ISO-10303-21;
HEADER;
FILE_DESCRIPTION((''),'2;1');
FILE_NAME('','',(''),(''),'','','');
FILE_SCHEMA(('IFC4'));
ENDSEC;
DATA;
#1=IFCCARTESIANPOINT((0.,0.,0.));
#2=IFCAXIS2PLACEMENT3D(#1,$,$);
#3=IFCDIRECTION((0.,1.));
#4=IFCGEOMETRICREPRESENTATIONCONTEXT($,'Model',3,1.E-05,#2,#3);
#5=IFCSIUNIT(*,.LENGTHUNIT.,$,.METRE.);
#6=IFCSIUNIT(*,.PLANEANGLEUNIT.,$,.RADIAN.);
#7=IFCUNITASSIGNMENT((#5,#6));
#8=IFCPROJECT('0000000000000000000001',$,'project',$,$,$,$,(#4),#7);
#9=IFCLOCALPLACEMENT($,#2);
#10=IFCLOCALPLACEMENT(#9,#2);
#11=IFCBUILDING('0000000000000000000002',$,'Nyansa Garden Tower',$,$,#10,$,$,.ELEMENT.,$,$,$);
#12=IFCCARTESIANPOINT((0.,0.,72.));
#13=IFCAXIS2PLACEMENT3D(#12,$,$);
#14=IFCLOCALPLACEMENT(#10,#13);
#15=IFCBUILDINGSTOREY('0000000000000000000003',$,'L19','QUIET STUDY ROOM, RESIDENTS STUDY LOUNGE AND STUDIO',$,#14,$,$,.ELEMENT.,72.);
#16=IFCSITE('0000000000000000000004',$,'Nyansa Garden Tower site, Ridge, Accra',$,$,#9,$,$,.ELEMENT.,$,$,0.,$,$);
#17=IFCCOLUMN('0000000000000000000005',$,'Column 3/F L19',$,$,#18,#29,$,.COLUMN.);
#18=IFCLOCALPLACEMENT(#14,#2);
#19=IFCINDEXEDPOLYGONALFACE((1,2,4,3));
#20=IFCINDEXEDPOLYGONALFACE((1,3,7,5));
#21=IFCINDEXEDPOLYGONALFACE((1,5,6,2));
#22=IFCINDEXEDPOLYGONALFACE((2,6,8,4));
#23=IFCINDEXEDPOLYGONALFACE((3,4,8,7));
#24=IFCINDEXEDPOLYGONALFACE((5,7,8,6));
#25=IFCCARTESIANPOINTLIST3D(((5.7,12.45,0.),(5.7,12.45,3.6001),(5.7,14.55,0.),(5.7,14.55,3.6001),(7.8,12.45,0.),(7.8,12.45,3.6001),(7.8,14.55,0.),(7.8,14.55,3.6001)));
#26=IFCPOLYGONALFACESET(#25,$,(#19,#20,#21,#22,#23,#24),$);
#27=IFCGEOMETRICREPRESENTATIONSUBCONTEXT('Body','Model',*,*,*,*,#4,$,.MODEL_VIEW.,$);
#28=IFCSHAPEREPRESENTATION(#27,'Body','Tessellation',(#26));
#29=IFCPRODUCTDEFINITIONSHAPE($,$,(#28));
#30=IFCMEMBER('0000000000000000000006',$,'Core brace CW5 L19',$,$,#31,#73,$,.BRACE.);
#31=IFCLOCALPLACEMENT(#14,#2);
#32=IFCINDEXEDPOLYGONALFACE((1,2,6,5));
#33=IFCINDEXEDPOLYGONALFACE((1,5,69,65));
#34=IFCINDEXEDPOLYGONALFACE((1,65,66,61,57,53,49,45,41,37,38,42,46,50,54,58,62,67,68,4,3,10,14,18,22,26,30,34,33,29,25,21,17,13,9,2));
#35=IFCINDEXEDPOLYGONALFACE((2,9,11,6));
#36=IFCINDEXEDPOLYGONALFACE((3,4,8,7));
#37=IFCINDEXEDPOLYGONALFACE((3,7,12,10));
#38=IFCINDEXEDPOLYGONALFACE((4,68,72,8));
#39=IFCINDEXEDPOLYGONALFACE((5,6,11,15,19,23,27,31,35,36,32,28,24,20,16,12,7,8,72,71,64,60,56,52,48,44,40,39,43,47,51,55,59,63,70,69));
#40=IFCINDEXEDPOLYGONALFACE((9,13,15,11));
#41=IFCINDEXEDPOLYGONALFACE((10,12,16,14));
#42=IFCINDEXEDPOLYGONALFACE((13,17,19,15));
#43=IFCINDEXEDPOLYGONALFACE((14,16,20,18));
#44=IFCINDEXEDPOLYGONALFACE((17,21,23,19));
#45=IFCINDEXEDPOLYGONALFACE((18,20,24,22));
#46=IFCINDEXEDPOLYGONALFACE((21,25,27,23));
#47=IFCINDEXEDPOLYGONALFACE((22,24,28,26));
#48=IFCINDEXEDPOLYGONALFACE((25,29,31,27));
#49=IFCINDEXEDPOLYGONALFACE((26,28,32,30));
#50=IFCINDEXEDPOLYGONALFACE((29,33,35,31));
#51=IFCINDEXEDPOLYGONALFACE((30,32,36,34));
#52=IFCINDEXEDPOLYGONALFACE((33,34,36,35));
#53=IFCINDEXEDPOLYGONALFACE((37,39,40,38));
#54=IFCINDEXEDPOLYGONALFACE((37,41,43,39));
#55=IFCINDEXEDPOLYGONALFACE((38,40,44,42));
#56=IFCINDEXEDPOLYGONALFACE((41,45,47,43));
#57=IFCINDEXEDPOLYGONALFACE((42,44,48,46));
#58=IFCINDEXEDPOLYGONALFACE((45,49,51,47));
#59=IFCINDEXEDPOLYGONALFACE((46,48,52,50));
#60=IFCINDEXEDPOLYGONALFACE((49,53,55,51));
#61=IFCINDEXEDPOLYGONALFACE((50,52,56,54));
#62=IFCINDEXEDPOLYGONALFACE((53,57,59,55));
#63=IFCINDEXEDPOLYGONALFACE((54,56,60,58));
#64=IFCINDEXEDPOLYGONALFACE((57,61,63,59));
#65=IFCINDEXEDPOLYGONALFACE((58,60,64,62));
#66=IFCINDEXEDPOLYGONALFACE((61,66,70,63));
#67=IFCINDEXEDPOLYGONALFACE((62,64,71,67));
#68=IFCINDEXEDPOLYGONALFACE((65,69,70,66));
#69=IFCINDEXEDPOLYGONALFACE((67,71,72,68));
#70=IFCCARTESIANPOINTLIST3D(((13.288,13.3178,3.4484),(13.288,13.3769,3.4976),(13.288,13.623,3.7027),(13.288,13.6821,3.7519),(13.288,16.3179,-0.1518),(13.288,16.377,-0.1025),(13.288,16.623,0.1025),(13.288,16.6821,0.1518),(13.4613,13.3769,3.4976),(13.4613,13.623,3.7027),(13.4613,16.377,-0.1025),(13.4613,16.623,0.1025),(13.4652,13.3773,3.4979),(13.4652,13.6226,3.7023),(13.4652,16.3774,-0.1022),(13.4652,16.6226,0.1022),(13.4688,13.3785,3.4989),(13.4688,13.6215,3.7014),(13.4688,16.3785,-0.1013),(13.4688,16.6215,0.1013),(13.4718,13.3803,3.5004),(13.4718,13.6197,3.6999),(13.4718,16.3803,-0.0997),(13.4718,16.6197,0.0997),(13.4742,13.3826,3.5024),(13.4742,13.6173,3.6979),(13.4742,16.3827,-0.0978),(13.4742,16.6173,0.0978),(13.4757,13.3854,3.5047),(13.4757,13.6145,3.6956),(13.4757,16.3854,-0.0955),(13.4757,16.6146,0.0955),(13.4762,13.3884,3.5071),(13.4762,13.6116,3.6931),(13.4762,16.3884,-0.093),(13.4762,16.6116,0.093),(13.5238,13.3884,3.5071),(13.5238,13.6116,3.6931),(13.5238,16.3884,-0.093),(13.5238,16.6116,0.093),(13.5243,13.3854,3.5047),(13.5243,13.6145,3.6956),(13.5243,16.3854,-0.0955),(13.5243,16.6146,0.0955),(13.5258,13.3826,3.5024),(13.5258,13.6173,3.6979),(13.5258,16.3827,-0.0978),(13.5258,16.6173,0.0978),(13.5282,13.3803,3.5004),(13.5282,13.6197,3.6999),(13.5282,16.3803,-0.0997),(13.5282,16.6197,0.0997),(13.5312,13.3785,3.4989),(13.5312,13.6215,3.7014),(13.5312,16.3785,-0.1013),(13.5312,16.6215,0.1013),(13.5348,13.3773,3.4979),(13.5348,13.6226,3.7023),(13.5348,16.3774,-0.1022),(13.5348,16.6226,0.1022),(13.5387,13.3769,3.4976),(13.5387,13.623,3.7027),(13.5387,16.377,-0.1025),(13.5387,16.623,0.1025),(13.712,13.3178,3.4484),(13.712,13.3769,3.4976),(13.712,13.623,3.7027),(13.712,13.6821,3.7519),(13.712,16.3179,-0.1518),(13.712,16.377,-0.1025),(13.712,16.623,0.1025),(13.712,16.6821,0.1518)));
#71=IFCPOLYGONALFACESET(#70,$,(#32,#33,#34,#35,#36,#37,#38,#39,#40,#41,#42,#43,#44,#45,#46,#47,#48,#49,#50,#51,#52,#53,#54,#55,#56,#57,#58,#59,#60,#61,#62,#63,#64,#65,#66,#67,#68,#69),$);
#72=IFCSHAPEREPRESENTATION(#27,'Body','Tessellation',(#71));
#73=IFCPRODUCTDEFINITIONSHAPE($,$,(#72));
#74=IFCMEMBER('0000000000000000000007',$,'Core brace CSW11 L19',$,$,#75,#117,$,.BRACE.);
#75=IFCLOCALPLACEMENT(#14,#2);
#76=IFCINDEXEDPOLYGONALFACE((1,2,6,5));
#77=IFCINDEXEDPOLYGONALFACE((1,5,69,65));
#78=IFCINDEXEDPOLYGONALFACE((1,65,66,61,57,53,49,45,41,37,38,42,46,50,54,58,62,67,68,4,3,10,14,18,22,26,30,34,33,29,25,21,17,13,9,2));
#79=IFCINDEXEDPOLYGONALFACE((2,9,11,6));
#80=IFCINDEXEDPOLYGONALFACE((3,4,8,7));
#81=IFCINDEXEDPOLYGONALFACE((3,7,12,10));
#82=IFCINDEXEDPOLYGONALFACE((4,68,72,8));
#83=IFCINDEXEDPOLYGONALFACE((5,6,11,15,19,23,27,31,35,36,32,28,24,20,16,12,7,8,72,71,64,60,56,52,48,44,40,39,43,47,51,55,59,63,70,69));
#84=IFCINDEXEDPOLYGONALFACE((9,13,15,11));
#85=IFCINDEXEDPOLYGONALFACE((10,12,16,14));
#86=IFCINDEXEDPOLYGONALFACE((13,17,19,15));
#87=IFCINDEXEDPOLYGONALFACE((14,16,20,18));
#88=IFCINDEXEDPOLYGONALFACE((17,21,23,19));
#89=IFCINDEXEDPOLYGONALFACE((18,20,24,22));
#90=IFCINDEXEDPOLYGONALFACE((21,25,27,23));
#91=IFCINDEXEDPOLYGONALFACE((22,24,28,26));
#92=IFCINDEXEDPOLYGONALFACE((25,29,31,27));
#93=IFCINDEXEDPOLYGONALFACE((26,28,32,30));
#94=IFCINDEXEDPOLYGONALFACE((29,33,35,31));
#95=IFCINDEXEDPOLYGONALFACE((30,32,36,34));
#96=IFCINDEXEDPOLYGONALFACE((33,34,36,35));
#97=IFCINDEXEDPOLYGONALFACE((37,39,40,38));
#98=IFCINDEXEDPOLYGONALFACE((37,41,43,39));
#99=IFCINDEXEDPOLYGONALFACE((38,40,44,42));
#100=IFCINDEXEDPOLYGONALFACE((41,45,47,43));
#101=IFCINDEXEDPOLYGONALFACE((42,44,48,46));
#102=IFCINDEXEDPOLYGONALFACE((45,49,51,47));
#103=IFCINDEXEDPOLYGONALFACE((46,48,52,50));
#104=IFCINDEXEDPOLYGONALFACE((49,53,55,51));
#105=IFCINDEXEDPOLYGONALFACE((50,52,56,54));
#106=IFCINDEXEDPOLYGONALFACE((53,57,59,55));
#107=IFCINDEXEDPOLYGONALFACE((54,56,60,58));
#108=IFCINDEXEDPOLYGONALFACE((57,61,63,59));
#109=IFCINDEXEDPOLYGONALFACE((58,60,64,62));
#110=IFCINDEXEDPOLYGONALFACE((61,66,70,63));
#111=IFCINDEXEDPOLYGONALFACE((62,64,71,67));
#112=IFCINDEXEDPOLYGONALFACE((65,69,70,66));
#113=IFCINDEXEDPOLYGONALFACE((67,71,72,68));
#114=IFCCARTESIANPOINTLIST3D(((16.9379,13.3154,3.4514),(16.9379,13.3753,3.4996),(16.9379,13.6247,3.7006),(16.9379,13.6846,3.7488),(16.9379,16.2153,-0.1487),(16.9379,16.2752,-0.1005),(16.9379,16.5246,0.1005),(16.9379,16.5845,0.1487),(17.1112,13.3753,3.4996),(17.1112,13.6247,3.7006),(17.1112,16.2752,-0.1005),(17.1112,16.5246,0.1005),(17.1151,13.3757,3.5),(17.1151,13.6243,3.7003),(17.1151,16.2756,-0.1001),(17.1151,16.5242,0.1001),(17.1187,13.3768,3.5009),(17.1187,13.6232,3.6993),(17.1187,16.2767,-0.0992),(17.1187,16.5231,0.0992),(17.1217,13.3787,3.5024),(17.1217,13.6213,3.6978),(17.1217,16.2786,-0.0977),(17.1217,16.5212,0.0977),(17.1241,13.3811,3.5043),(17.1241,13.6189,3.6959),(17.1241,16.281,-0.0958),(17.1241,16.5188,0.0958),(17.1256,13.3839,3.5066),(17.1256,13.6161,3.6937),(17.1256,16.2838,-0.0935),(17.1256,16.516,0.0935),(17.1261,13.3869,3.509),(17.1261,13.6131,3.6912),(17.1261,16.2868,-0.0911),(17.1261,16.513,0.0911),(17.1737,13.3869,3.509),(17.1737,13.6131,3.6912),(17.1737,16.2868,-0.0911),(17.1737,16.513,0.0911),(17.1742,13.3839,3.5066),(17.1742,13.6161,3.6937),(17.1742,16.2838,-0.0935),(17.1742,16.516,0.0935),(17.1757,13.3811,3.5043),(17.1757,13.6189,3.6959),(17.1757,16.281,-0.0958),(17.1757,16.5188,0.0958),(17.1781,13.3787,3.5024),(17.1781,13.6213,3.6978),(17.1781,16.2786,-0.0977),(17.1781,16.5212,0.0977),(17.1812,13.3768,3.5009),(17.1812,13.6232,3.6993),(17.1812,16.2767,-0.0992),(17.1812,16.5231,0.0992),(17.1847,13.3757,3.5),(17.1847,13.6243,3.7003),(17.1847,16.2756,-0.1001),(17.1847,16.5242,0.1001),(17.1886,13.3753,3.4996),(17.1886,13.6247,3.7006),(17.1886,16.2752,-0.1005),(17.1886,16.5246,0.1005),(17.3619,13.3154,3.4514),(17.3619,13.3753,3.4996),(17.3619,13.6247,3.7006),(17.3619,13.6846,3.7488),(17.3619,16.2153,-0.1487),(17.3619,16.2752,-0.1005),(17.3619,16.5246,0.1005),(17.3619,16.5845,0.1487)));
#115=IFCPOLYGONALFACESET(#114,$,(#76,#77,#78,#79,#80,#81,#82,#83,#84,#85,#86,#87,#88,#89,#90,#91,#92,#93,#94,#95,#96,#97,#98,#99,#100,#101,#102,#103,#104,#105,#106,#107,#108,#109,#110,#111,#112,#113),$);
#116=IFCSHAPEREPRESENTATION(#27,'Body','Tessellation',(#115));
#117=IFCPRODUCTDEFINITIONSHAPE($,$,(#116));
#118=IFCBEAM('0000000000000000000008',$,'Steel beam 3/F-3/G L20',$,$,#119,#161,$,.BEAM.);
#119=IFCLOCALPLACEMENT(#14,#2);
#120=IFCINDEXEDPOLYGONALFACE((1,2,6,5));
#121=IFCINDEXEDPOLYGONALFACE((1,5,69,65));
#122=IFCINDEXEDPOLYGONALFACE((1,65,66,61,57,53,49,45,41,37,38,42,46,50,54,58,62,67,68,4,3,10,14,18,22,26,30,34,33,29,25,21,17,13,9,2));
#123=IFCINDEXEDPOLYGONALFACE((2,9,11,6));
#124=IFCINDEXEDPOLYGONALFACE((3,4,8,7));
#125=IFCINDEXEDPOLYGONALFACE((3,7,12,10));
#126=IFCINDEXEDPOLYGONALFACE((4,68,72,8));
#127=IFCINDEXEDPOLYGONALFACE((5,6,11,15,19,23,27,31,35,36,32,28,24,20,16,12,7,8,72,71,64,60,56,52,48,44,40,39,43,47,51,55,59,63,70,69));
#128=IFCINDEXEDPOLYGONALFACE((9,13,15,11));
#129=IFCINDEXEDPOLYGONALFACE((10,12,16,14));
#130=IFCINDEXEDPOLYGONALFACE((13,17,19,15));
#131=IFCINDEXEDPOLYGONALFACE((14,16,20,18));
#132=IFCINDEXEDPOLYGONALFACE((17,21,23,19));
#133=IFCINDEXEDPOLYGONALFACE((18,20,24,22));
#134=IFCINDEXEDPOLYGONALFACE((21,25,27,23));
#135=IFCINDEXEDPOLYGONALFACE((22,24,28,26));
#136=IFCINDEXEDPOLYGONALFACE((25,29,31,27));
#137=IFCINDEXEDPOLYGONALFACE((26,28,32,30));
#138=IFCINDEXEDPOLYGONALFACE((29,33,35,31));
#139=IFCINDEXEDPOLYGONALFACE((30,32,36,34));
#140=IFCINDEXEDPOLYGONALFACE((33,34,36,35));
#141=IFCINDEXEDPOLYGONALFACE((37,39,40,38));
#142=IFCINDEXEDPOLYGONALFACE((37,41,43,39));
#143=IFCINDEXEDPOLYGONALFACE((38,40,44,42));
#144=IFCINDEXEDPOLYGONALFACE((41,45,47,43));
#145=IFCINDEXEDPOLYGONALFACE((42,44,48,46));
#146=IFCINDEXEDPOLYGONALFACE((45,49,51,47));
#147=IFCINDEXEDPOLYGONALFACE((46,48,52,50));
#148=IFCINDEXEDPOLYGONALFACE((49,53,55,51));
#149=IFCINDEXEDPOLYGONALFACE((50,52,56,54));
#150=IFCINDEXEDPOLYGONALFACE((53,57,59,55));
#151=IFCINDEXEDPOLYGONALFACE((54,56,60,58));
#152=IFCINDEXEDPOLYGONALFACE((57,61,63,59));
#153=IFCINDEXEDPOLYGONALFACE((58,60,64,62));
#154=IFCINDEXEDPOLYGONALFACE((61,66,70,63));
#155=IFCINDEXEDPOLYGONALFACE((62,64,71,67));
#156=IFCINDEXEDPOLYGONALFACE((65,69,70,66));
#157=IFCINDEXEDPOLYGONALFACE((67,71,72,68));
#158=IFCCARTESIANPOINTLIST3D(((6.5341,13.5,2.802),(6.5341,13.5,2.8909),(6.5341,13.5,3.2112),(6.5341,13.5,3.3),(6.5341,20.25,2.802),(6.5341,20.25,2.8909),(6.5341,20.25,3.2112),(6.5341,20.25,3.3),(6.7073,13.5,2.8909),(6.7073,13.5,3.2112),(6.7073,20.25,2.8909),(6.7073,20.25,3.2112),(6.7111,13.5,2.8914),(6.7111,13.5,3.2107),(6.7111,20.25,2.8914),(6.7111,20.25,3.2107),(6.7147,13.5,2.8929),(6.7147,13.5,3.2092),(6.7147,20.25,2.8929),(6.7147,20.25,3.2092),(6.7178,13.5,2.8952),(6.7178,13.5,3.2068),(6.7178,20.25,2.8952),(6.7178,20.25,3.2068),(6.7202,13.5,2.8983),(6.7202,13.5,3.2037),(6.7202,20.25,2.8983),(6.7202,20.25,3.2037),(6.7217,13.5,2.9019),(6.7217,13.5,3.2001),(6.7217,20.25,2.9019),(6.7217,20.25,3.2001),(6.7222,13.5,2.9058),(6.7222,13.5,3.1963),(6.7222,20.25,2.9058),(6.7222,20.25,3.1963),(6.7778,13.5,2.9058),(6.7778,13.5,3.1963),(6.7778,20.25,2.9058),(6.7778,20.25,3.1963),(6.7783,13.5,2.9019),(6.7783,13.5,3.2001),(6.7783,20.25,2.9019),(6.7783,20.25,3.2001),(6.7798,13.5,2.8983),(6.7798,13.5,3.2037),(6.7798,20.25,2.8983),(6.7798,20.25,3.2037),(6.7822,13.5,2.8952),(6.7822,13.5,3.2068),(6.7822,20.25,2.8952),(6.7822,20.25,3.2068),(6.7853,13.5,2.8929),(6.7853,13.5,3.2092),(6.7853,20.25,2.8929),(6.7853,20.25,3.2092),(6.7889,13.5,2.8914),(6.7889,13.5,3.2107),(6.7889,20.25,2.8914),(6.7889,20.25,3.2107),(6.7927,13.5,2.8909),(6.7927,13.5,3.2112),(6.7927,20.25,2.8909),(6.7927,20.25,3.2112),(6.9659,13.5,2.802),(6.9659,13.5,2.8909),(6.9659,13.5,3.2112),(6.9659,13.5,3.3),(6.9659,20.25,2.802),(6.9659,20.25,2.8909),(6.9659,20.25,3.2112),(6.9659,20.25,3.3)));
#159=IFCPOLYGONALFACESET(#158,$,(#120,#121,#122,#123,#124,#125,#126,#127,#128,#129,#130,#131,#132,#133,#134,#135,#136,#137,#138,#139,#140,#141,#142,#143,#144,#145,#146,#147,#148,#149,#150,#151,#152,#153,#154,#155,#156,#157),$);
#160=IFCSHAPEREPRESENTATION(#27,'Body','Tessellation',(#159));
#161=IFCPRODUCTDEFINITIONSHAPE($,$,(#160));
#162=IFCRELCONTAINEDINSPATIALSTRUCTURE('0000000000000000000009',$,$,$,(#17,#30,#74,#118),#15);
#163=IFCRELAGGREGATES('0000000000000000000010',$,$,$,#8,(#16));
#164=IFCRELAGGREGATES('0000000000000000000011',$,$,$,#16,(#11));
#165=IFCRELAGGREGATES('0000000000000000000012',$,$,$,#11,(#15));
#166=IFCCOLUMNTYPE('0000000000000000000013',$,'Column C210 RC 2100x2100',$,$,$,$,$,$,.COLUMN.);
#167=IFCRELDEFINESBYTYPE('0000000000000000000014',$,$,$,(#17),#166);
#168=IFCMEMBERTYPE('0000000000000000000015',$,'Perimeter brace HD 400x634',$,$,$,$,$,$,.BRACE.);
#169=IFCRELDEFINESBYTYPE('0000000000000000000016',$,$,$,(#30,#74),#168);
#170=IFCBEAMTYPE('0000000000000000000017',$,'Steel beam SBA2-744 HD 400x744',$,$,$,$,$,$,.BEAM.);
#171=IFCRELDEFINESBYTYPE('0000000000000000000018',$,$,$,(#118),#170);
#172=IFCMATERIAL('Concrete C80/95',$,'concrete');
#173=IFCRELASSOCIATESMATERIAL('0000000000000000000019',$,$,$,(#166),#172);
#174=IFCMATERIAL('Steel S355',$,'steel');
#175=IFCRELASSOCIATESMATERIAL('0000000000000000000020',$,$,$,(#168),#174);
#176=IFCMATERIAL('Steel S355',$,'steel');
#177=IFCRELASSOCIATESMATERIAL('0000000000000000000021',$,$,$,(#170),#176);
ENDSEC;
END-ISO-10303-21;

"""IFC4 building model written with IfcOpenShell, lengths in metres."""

from ifc_helpers import new_model, si_unit, direction, frame, origin, origin_2d, place, context, subcontext, project, spatial, rectangle, i_section, extrude, material, material_profile, profile_set, type_object, element, save


model = new_model("IFC4")

# Units and contexts
model_context = context("Model", 3, precision=1e-05, world=origin(), true_north=direction((0.0, 1.0)))
body_context = subcontext(model_context, "Body", "Model", "MODEL_VIEW")
ifc_project = project(units=[si_unit("LENGTHUNIT", "METRE"), si_unit("PLANEANGLEUNIT", "RADIAN")], contexts=[model_context])

# Site, building, storey
site_placement = place(None, origin())
site = spatial("IfcSite", under=ifc_project, at=site_placement, Name="Nyansa Garden Tower site, Ridge, Accra", CompositionType="ELEMENT", RefElevation=0.0)
building_placement = place(site_placement, origin())
building = spatial("IfcBuilding", under=site, at=building_placement, Name="Nyansa Garden Tower", CompositionType="ELEMENT")
storey_placement = place(building_placement, frame((0.0, 0.0, 72.0)))
storey = spatial("IfcBuildingStorey", under=building, at=storey_placement, Name="L19", Description="QUIET STUDY ROOM, RESIDENTS STUDY LOUNGE AND STUDIO", CompositionType="ELEMENT", Elevation=72.0)

# Column
ifc_material_1 = material(Name="Concrete C80/95", Category="concrete")
ifc_material_profile_1 = material_profile(ifc_material_1, rectangle(XDim=2.1001, YDim=2.1001, at=origin_2d()), Name="RC 2100x2100")
ifc_profile_set_1 = profile_set([ifc_material_profile_1], Name="Concrete C80/95")
column_type = type_object("IfcColumnType", Name="Column C210 RC 2100x2100", PredefinedType="COLUMN", material=ifc_profile_set_1)
column_placement = place(storey_placement, frame((6.75, 13.5, 0.0), z_axis=(0.0, 0.0, 1.0), x_axis=(1.0, 0.0, 0.0)))
element("IfcColumn", 1, at=column_placement, inside=storey, type_object=column_type, Name="Column 3/F L19", PredefinedType="COLUMN", context=body_context, shape_type="SweptSolid", body=[
    extrude(rectangle(XDim=2.1001, YDim=2.1001, at=origin_2d()), origin(), (0.0, 0.0, 1.0), 3.6001),
])

# Members
ifc_material_2 = material(Name="Steel S355", Category="steel")
ifc_material_profile_2 = material_profile(ifc_material_2, i_section(OverallWidth=0.4241, OverallDepth=0.4741, WebThickness=0.0476, FlangeThickness=0.0769, FilletRadius=0.0149, at=origin_2d()), Name="HD 400x634")
ifc_profile_set_2 = profile_set([ifc_material_profile_2], Name="Steel S355")
member_type = type_object("IfcMemberType", Name="Perimeter brace HD 400x634", PredefinedType="BRACE", material=ifc_profile_set_2)
member_1_placement = place(storey_placement, frame((13.5, 16.5, 0.0), z_axis=(0.0, -0.640174, 0.76823), x_axis=(1.0, 0.0, 0.0)))
element("IfcMember", 2, at=member_1_placement, inside=storey, type_object=member_type, Name="Core brace CW5 L19", PredefinedType="BRACE", context=body_context, shape_type="SweptSolid", body=[
    extrude(i_section(OverallWidth=0.4241, OverallDepth=0.4741, WebThickness=0.0476, FlangeThickness=0.0769, FilletRadius=0.0149, at=origin_2d()), origin(), (0.0, 0.0, 1.0), 4.6863),
])
member_2_placement = place(storey_placement, frame((17.1499, 16.3999, 0.0), z_axis=(0.0, -0.627306, 0.778773), x_axis=(1.0, 0.0, 0.0)))
element("IfcMember", 3, at=member_2_placement, inside=storey, type_object=member_type, Name="Core brace CSW11 L19", PredefinedType="BRACE", context=body_context, shape_type="SweptSolid", body=[
    extrude(i_section(OverallWidth=0.4241, OverallDepth=0.4741, WebThickness=0.0476, FlangeThickness=0.0769, FilletRadius=0.0149, at=origin_2d()), origin(), (0.0, 0.0, 1.0), 4.6228),
])

# Beam
ifc_material_3 = material(Name="Steel S355", Category="steel")
ifc_material_profile_3 = material_profile(ifc_material_3, i_section(OverallWidth=0.4319, OverallDepth=0.498, WebThickness=0.0557, FlangeThickness=0.0889, FilletRadius=0.0149, at=origin_2d()), Name="HD 400x744")
ifc_profile_set_3 = profile_set([ifc_material_profile_3], Name="Steel S355")
beam_type_1 = type_object("IfcBeamType", Name="Steel beam SBA2-744 HD 400x744", PredefinedType="BEAM", material=ifc_profile_set_3)
for number, where, z_axis, x_axis, name in (
    (4, (6.75, 13.5, 3.051), (0.0, 1.0, 0.0), (-1.0, 0.0, 0.0), "Steel beam 3/F-3/G L20"),
):
    element("IfcBeam", number, at=place(storey_placement, frame(where, z_axis=z_axis, x_axis=x_axis)), inside=storey, type_object=beam_type_1, Name=name, PredefinedType="BEAM", context=body_context, shape_type="SweptSolid", body=[
        extrude(i_section(OverallWidth=0.4319, OverallDepth=0.498, WebThickness=0.0557, FlangeThickness=0.0889, FilletRadius=0.0149, at=origin_2d()), origin(), (0.0, 0.0, 1.0), 6.75),
    ])

save(model, "model.ifc")
